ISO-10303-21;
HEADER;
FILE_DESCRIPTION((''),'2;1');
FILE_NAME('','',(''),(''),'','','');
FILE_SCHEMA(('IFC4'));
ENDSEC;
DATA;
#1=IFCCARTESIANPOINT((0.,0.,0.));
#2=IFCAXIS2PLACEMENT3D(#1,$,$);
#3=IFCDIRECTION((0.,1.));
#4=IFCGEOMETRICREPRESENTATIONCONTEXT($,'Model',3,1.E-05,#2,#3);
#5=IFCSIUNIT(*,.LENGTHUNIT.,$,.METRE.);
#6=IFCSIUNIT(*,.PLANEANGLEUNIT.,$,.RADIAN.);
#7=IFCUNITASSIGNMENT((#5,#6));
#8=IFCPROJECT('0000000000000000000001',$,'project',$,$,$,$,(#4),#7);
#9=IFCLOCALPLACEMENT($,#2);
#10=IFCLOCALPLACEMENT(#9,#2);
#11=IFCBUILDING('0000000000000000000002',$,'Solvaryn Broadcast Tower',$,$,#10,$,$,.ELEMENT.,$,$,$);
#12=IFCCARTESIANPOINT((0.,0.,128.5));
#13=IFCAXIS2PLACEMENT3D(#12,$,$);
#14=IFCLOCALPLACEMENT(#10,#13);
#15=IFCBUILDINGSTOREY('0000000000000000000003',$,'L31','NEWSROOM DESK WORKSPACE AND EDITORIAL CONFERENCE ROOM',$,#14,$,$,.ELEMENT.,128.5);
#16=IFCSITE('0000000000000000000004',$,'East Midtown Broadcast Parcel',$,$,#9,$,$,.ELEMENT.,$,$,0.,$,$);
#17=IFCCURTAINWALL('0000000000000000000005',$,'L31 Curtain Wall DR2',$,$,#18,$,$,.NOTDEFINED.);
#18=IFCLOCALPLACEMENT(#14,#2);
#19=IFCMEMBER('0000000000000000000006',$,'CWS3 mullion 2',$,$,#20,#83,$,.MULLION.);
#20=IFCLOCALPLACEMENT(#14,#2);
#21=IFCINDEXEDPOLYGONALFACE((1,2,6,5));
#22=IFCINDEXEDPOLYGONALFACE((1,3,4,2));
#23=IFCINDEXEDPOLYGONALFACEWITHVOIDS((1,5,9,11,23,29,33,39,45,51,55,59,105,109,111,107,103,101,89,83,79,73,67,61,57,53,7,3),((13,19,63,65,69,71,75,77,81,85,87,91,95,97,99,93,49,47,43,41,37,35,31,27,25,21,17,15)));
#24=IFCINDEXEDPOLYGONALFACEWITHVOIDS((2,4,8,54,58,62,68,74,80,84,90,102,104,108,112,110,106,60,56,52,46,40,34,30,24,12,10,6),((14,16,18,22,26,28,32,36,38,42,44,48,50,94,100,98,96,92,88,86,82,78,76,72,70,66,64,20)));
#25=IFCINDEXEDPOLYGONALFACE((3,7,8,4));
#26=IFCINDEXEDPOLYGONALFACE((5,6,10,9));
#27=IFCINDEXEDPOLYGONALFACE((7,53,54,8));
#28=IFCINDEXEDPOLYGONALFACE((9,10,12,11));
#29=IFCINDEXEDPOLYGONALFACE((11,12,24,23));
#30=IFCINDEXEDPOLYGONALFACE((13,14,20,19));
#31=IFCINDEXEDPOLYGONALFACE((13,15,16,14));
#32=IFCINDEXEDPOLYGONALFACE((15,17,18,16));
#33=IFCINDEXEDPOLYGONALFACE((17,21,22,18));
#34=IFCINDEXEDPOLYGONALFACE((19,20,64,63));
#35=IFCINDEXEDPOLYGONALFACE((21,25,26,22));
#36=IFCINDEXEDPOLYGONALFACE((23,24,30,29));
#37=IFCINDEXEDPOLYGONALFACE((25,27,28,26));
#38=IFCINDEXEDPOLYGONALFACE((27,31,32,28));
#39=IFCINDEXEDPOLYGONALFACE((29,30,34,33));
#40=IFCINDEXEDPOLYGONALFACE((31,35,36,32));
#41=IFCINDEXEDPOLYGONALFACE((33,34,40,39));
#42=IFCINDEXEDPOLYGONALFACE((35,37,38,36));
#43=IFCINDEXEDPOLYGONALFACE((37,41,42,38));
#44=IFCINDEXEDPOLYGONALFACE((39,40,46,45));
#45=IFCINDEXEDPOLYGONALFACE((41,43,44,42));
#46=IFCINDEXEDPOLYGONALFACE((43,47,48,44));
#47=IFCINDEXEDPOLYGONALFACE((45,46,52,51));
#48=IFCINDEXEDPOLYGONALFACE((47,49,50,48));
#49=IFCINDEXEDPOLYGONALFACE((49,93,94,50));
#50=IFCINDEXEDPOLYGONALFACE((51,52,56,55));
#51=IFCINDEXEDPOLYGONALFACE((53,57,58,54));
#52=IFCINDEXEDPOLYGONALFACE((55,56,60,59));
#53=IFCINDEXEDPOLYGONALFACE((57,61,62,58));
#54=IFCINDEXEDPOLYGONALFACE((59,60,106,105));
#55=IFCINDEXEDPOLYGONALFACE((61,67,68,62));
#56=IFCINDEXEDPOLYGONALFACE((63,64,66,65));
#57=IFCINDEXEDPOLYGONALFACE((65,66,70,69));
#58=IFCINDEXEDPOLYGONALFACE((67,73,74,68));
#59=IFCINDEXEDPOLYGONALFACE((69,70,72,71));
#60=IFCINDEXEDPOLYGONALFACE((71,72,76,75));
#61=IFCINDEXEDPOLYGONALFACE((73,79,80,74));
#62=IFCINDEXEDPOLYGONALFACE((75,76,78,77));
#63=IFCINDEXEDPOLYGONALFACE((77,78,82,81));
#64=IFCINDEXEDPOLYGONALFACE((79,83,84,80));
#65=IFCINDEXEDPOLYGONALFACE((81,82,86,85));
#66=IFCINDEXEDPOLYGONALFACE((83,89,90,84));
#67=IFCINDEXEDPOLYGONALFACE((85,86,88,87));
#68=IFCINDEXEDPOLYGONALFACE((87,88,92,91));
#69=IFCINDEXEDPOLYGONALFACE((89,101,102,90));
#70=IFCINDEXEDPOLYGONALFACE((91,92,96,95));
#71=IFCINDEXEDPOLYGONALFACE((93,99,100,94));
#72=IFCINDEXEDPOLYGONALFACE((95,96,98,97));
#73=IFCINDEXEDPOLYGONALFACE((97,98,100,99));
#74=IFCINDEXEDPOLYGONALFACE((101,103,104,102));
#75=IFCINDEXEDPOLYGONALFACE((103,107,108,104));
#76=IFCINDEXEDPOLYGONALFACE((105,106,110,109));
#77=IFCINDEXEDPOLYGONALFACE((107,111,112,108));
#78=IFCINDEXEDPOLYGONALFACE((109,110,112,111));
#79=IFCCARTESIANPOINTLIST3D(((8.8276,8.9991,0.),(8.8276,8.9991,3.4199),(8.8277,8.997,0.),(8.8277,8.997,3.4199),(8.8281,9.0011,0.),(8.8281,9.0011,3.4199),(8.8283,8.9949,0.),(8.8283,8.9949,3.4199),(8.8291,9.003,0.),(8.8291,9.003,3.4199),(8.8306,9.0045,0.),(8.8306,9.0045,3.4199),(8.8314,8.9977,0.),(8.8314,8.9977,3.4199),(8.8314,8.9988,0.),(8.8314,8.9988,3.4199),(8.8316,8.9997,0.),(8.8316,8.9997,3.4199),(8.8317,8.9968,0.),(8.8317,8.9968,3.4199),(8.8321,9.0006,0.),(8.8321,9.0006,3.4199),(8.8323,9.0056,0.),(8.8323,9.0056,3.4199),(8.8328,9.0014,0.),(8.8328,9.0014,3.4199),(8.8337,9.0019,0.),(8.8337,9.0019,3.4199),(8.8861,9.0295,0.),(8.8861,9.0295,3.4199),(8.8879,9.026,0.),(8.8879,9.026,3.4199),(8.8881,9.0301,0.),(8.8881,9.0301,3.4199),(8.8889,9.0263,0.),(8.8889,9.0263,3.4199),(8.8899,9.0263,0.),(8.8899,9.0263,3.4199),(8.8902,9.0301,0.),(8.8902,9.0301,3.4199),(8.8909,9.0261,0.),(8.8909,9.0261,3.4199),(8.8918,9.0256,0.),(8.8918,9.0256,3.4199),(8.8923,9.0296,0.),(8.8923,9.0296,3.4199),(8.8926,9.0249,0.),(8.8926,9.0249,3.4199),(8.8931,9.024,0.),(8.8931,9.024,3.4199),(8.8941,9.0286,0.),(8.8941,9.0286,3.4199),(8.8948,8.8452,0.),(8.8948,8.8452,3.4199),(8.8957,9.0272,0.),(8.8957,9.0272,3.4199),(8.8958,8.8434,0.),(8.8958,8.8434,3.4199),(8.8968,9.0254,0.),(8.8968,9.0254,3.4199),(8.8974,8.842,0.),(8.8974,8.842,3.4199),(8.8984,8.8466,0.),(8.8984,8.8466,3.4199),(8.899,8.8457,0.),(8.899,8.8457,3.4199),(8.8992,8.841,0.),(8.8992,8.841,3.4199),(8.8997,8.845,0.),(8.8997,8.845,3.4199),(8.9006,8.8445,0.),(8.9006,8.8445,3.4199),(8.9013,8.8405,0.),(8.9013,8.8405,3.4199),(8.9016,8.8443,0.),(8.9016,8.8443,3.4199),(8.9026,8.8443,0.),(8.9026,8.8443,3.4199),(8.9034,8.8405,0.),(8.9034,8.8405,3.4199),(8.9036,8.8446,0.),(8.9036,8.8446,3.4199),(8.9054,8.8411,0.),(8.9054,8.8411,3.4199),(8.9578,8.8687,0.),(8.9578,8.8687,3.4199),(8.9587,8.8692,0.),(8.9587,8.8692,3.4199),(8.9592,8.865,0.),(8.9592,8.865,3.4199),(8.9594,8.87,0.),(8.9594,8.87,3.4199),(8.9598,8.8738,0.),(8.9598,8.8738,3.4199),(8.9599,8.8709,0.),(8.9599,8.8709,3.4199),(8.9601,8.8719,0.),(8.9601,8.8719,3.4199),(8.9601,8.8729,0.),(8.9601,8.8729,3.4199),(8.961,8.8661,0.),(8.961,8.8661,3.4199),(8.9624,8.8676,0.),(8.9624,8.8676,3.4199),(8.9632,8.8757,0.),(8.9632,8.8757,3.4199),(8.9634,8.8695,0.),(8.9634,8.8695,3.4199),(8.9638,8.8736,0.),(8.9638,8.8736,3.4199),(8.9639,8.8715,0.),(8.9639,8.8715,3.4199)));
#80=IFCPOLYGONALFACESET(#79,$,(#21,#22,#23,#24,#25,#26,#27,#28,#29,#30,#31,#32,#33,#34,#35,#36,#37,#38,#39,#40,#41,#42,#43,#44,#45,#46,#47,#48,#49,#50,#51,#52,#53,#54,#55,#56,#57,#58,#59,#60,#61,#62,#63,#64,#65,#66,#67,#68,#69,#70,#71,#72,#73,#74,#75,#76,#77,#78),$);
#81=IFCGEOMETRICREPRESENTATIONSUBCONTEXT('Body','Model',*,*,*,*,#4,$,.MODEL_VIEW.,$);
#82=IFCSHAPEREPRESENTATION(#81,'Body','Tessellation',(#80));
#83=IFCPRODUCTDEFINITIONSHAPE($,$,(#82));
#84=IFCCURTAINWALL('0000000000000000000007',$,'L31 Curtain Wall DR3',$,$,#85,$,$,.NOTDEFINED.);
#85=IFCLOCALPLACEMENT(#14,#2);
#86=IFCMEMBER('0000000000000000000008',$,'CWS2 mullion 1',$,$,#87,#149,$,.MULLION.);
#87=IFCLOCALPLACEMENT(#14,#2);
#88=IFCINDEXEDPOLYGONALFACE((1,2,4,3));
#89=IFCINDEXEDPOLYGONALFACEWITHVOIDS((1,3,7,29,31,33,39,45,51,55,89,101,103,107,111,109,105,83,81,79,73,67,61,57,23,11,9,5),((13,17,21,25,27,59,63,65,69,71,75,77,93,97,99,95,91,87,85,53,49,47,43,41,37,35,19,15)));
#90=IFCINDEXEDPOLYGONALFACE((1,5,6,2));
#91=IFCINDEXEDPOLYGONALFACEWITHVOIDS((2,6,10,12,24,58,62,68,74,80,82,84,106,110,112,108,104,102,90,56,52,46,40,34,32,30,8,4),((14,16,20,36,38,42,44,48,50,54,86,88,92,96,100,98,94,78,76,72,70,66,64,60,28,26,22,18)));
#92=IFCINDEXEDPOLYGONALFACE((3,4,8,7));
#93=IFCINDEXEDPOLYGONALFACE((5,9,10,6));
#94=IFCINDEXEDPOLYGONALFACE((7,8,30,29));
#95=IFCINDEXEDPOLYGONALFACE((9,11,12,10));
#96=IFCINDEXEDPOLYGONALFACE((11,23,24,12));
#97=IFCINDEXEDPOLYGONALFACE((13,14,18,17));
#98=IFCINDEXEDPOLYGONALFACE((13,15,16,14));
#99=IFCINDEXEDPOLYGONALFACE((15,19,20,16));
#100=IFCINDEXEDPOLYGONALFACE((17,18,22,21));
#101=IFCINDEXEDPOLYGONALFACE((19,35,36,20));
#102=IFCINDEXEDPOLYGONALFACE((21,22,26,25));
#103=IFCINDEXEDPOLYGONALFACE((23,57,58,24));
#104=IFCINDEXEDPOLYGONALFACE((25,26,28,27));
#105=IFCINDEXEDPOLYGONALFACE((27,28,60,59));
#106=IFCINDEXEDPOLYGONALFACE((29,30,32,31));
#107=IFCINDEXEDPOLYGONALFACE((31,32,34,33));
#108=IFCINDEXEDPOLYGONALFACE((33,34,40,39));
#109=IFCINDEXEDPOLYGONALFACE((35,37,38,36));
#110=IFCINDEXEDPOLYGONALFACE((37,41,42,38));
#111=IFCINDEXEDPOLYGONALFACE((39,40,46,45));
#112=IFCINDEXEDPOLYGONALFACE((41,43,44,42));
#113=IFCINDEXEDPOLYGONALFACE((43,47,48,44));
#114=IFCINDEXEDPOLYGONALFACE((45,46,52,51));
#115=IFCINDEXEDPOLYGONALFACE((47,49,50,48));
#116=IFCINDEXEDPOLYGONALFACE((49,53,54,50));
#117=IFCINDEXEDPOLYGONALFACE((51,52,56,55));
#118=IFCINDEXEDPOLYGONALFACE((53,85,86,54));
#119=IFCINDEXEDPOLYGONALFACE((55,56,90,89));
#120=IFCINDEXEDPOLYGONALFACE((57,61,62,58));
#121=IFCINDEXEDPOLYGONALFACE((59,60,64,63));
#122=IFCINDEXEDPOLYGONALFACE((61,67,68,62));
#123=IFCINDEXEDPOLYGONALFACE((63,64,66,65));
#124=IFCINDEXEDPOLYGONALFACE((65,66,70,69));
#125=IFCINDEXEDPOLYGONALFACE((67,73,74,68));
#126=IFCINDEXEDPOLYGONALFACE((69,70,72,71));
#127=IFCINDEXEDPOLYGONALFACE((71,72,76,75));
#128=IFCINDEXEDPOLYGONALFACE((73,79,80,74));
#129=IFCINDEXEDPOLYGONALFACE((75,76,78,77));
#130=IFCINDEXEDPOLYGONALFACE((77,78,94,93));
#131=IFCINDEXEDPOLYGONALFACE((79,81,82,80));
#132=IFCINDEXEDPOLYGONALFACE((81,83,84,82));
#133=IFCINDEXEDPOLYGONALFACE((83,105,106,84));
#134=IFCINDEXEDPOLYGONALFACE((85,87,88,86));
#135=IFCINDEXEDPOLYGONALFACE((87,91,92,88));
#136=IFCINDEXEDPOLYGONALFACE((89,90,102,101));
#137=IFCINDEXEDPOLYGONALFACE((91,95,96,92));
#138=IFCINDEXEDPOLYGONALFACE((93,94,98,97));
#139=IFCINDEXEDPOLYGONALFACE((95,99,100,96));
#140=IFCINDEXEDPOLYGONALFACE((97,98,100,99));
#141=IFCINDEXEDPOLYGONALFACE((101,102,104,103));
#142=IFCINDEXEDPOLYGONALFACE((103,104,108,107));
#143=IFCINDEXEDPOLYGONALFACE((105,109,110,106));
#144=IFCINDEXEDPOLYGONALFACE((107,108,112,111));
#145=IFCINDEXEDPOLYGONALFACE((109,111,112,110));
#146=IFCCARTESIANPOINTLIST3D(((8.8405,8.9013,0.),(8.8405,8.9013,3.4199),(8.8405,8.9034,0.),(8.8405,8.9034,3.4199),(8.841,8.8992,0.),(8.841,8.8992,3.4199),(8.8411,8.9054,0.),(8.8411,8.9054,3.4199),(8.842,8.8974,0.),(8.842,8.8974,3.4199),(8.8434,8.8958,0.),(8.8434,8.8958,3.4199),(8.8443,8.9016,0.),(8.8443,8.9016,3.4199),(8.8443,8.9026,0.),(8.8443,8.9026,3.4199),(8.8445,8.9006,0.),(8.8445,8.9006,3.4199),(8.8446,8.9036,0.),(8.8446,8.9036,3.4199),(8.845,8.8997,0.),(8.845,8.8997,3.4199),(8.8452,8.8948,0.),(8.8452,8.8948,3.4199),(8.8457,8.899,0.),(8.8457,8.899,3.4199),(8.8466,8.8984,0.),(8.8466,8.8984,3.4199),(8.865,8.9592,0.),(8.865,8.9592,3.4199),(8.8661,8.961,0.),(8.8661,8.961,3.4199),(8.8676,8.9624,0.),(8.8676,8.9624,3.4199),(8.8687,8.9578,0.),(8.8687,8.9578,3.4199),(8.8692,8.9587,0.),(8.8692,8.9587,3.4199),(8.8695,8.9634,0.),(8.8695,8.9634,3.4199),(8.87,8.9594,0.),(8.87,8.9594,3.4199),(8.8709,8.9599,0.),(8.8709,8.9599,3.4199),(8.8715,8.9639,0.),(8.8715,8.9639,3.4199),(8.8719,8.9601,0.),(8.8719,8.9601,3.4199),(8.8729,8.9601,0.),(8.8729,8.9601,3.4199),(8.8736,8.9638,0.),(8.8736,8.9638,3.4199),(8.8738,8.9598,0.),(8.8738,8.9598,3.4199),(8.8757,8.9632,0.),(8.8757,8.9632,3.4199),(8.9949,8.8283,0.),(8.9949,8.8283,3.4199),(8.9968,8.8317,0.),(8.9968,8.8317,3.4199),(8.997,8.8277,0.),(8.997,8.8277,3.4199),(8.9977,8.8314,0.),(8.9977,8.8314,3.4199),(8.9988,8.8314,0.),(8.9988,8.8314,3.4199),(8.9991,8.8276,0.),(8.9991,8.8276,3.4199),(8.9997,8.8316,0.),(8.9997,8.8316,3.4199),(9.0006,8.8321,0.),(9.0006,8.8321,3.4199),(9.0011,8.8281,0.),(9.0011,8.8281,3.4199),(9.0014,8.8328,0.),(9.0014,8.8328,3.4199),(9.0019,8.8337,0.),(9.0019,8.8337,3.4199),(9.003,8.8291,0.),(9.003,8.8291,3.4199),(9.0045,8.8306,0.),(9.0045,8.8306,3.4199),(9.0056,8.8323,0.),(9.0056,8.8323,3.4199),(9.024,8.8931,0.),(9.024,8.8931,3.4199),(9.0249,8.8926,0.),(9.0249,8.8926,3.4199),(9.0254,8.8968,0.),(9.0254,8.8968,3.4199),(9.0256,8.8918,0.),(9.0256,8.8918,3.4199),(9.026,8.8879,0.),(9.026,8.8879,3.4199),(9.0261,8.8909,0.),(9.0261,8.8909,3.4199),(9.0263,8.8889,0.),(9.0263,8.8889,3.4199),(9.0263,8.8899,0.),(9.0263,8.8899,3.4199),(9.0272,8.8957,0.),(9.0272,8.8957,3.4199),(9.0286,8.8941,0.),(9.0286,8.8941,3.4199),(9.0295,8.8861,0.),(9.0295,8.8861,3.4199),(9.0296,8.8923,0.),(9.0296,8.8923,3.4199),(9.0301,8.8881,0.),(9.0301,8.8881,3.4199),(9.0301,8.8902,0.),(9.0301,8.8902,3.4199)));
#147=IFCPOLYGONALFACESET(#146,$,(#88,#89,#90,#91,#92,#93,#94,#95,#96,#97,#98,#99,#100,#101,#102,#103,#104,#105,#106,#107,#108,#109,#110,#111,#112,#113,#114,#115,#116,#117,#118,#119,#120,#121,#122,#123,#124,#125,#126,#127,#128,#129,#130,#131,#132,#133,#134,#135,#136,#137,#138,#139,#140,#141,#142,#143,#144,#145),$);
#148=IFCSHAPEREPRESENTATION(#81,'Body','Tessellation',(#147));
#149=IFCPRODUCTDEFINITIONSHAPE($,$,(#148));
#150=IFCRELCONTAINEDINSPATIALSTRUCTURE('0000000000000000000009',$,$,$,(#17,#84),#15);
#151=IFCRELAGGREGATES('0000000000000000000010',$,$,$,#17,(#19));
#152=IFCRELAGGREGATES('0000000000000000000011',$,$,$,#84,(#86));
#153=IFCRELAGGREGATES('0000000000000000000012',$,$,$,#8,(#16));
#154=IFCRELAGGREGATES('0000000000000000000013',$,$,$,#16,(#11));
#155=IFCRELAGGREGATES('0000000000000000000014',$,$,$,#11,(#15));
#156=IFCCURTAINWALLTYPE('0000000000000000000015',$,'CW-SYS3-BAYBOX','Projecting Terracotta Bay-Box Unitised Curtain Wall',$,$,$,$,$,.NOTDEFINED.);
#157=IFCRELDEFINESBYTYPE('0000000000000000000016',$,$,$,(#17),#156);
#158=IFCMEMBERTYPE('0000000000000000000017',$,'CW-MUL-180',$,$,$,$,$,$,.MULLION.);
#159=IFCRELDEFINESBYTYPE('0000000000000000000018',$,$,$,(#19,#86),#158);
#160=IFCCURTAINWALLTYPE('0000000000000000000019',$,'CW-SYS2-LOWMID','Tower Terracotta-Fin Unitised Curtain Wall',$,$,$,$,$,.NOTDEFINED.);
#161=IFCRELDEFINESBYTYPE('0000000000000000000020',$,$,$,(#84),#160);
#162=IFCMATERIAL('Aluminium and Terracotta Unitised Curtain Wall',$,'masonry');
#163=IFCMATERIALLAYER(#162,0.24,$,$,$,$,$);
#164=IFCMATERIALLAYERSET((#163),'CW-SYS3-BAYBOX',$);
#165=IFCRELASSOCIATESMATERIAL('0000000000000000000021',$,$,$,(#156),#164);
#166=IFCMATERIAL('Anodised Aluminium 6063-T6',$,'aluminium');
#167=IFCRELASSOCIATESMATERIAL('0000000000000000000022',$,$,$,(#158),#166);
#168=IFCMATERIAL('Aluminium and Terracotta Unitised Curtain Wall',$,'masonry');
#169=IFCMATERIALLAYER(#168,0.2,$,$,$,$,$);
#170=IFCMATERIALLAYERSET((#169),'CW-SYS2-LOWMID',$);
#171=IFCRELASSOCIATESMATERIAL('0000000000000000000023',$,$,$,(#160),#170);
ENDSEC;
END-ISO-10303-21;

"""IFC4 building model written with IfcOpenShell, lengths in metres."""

from ifc_helpers import new_model, si_unit, direction, frame, origin, origin_2d, place, context, subcontext, project, spatial, hollow_rectangle, extrude, material, layer, layer_set, material_profile, profile_set, type_object, element, aggregate, save


model = new_model("IFC4")

# Units and contexts
model_context = context("Model", 3, precision=1e-05, world=origin(), true_north=direction((0.0, 1.0)))
body_context = subcontext(model_context, "Body", "Model", "MODEL_VIEW")
ifc_project = project(units=[si_unit("LENGTHUNIT", "METRE"), si_unit("PLANEANGLEUNIT", "RADIAN")], contexts=[model_context])

# Site, building, storey
site_placement = place(None, origin())
site = spatial("IfcSite", under=ifc_project, at=site_placement, Name="East Midtown Broadcast Parcel", CompositionType="ELEMENT", RefElevation=0.0)
building_placement = place(site_placement, origin())
building = spatial("IfcBuilding", under=site, at=building_placement, Name="Solvaryn Broadcast Tower", CompositionType="ELEMENT")
storey_placement = place(building_placement, frame((0.0, 0.0, 128.5)))
storey = spatial("IfcBuildingStorey", under=building, at=storey_placement, Name="L31", Description="NEWSROOM DESK WORKSPACE AND EDITORIAL CONFERENCE ROOM", CompositionType="ELEMENT", Elevation=128.5)

# Curtain wall, member
ifc_material_1 = material(Name="Aluminium and Terracotta Unitised Curtain Wall", Category="masonry")
ifc_layer_1 = layer(ifc_material_1, 0.24)
ifc_layer_set_1 = layer_set([ifc_layer_1], Name="CW-SYS3-BAYBOX")
curtain_wall_type_1 = type_object("IfcCurtainWallType", Name="CW-SYS3-BAYBOX", Description="Projecting Terracotta Bay-Box Unitised Curtain Wall", PredefinedType="NOTDEFINED", material=ifc_layer_set_1)
curtain_wall_1_placement = place(storey_placement, origin())
curtain_wall_1 = element("IfcCurtainWall", 1, at=curtain_wall_1_placement, inside=storey, type_object=curtain_wall_type_1, Name="L31 Curtain Wall DR2", PredefinedType="NOTDEFINED")
ifc_material_2 = material(Name="Anodised Aluminium 6063-T6", Category="aluminium")
ifc_material_profile_1 = material_profile(ifc_material_2, hollow_rectangle(XDim=0.075, YDim=0.1799, WallThickness=0.0039, InnerFilletRadius=0.0039, OuterFilletRadius=0.0081, at=origin_2d()))
ifc_profile_set_1 = profile_set([ifc_material_profile_1], Name="Anodised Aluminium 6063-T6")
member_type_1 = type_object("IfcMemberType", Name="CW-MUL-180", PredefinedType="MULLION", material=ifc_profile_set_1)
member_1_placement = place(storey_placement, frame((8.8958, 8.9353, 0.0), z_axis=(0.0, 0.0, 1.0), x_axis=(0.913909, 0.405918, 0.0)))
member_1 = element("IfcMember", 2, at=member_1_placement, type_object=member_type_1, Name="CWS3 mullion 2", PredefinedType="MULLION", context=body_context, shape_type="SweptSolid", body=[
    extrude(hollow_rectangle(XDim=0.075, YDim=0.1799, WallThickness=0.0039, InnerFilletRadius=0.0039, OuterFilletRadius=0.0081, at=origin_2d()), origin(), (0.0, 0.0, 1.0), 3.4199),
])
aggregate(curtain_wall_1, [member_1])

# Curtain wall, member
ifc_material_3 = material(Name="Aluminium and Terracotta Unitised Curtain Wall", Category="masonry")
ifc_layer_2 = layer(ifc_material_3, 0.2)
ifc_layer_set_2 = layer_set([ifc_layer_2], Name="CW-SYS2-LOWMID")
curtain_wall_type_2 = type_object("IfcCurtainWallType", Name="CW-SYS2-LOWMID", Description="Tower Terracotta-Fin Unitised Curtain Wall", PredefinedType="NOTDEFINED", material=ifc_layer_set_2)
curtain_wall_2_placement = place(storey_placement, origin())
curtain_wall_2 = element("IfcCurtainWall", 3, at=curtain_wall_2_placement, inside=storey, type_object=curtain_wall_type_2, Name="L31 Curtain Wall DR3", PredefinedType="NOTDEFINED")
member_2_placement = place(storey_placement, frame((8.9353, 8.8958, 0.0), z_axis=(0.0, 0.0, 1.0), x_axis=(0.405918, 0.913909, 0.0)))
member_2 = element("IfcMember", 4, at=member_2_placement, type_object=member_type_1, Name="CWS2 mullion 1", PredefinedType="MULLION", context=body_context, shape_type="SweptSolid", body=[
    extrude(hollow_rectangle(XDim=0.075, YDim=0.1799, WallThickness=0.0039, InnerFilletRadius=0.0039, OuterFilletRadius=0.0081, at=origin_2d()), origin(), (0.0, 0.0, 1.0), 3.4199),
])
aggregate(curtain_wall_2, [member_2])

save(model, "model.ifc")
